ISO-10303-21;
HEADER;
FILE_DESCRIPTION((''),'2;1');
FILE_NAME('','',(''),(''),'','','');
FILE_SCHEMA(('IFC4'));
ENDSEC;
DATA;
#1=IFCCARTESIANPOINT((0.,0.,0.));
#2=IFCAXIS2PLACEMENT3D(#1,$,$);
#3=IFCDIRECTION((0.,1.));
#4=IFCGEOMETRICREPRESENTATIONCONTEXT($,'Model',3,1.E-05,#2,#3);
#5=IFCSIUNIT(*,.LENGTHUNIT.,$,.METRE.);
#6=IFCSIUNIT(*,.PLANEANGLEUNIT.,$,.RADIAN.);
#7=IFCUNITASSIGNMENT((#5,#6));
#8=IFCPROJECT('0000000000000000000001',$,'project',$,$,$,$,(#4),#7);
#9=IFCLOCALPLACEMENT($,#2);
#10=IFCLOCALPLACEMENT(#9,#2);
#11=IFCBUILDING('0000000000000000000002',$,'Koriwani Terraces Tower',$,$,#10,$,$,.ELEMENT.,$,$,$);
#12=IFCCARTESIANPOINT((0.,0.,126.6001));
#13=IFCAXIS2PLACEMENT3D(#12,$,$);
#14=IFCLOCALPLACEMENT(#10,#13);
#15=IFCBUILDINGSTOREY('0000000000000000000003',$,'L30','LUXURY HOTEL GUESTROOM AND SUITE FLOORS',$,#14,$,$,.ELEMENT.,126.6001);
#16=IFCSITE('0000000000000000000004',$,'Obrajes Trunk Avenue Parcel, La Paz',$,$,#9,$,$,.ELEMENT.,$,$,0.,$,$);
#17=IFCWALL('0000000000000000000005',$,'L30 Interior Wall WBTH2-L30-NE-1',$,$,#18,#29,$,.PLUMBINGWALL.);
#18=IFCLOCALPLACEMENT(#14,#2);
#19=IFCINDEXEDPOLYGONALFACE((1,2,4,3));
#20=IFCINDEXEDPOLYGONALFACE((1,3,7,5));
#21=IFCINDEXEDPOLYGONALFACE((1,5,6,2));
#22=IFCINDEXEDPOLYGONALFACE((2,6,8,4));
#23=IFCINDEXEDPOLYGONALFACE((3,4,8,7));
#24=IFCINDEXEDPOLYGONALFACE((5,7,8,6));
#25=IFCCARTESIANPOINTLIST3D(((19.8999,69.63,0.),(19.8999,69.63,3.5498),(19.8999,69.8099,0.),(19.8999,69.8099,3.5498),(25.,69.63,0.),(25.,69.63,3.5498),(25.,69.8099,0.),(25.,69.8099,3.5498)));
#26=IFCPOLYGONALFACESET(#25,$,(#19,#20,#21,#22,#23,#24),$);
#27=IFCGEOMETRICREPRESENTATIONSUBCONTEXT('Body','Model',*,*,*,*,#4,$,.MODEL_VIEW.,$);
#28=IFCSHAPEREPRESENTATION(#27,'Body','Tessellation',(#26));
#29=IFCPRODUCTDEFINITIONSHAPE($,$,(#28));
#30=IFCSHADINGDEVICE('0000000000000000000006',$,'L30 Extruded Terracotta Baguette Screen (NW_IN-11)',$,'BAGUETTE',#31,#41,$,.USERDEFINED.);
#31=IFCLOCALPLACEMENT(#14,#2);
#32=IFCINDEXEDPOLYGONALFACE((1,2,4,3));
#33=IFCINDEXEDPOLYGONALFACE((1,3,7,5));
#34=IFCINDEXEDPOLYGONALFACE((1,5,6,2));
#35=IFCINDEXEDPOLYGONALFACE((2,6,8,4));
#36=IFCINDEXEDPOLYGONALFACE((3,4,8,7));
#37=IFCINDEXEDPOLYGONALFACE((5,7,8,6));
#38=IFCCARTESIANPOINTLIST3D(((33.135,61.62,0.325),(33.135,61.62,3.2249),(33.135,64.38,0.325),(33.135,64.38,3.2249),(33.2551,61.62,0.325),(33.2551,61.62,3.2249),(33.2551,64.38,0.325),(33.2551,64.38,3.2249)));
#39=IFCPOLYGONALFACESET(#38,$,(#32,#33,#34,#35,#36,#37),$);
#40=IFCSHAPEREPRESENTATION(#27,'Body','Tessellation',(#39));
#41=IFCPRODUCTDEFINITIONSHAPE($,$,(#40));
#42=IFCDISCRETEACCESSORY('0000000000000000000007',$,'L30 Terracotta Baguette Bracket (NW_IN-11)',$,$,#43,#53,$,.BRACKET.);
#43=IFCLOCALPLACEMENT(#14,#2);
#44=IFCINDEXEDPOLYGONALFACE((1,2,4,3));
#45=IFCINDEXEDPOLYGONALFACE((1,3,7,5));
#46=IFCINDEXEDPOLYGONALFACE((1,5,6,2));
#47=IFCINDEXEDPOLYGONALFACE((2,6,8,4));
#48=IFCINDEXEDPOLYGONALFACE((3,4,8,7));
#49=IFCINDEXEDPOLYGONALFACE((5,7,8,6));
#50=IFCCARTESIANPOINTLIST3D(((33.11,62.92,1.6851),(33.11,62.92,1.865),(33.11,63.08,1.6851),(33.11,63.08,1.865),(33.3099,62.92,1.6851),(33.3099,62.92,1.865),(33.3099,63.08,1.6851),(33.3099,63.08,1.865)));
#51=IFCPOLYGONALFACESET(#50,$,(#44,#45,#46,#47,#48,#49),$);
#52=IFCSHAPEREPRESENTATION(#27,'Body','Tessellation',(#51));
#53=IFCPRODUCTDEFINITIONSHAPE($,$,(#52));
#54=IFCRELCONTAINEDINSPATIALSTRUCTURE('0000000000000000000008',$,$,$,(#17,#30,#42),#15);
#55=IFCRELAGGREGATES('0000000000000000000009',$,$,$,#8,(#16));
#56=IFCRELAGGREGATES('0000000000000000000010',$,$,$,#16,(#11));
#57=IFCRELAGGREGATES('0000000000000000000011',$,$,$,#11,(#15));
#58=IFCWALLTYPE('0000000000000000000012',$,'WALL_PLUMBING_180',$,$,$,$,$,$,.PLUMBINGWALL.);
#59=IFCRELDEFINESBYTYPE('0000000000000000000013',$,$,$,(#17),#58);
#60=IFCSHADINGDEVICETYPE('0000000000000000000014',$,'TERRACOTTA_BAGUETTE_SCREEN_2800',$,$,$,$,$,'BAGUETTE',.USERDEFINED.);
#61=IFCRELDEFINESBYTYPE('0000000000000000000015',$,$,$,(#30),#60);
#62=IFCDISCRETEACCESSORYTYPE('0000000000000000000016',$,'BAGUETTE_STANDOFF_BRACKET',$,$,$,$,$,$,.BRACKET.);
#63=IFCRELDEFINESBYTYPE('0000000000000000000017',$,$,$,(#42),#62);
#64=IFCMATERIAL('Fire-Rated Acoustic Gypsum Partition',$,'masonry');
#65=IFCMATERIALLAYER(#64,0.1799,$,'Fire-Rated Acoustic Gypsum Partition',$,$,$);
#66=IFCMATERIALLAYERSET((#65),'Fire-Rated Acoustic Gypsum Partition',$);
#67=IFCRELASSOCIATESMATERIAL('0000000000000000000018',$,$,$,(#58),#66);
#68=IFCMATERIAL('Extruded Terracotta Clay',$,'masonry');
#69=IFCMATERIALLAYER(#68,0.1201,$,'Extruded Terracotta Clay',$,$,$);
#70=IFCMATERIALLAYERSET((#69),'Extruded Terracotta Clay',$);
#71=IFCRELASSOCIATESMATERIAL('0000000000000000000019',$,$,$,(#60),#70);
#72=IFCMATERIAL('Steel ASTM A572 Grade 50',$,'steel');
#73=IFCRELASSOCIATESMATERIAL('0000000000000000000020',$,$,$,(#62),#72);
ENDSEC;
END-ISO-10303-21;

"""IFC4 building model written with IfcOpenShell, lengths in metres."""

from ifc_helpers import new_model, si_unit, direction, frame, frame_2d, origin, origin_2d, place, context, subcontext, project, spatial, rectangle, extrude, material, layer, layer_set, type_object, element, save


model = new_model("IFC4")

# Units and contexts
model_context = context("Model", 3, precision=1e-05, world=origin(), true_north=direction((0.0, 1.0)))
body_context = subcontext(model_context, "Body", "Model", "MODEL_VIEW")
ifc_project = project(units=[si_unit("LENGTHUNIT", "METRE"), si_unit("PLANEANGLEUNIT", "RADIAN")], contexts=[model_context])

# Site, building, storey
site_placement = place(None, origin())
site = spatial("IfcSite", under=ifc_project, at=site_placement, Name="Obrajes Trunk Avenue Parcel, La Paz", CompositionType="ELEMENT", RefElevation=0.0)
building_placement = place(site_placement, origin())
building = spatial("IfcBuilding", under=site, at=building_placement, Name="Koriwani Terraces Tower", CompositionType="ELEMENT")
storey_placement = place(building_placement, frame((0.0, 0.0, 126.6001)))
storey = spatial("IfcBuildingStorey", under=building, at=storey_placement, Name="L30", Description="LUXURY HOTEL GUESTROOM AND SUITE FLOORS", CompositionType="ELEMENT", Elevation=126.6001)

# Shared definitions
ifc_material_1 = material(Name="Steel ASTM A572 Grade 50", Category="steel")

# Shared definitions
ifc_material_2 = material(Name="Fire-Rated Acoustic Gypsum Partition", Category="masonry")
ifc_layer_1 = layer(ifc_material_2, 0.1799, Name="Fire-Rated Acoustic Gypsum Partition")
ifc_layer_set_1 = layer_set([ifc_layer_1], Name="Fire-Rated Acoustic Gypsum Partition")
wall_type_1 = type_object("IfcWallType", Name="WALL_PLUMBING_180", PredefinedType="PLUMBINGWALL", material=ifc_layer_set_1)

# Wall
wall_1_placement = place(storey_placement, frame((19.8999, 69.72, 0.0), z_axis=(0.0, 0.0, 1.0), x_axis=(1.0, 0.0, 0.0)))
element("IfcWall", 1, at=wall_1_placement, inside=storey, type_object=wall_type_1, Name="L30 Interior Wall WBTH2-L30-NE-1", PredefinedType="PLUMBINGWALL", context=body_context, shape_type="SweptSolid", body=[
    extrude(rectangle(XDim=5.1001, YDim=0.1799, at=frame_2d((2.55, 0.0))), origin(), (0.0, 0.0, 1.0), 3.5498),
])

# Shading device
ifc_material_3 = material(Name="Extruded Terracotta Clay", Category="masonry")
ifc_layer_2 = layer(ifc_material_3, 0.1201, Name="Extruded Terracotta Clay")
ifc_layer_set_2 = layer_set([ifc_layer_2], Name="Extruded Terracotta Clay")
shading_device_type = type_object("IfcShadingDeviceType", Name="TERRACOTTA_BAGUETTE_SCREEN_2800", ElementType="BAGUETTE", PredefinedType="USERDEFINED", material=ifc_layer_set_2)
shading_device_placement = place(storey_placement, frame((33.1951, 63.0, 0.325), z_axis=(0.0, 0.0, 1.0), x_axis=(0.0, -1.0, 0.0)))
element("IfcShadingDevice", 2, at=shading_device_placement, inside=storey, type_object=shading_device_type, Name="L30 Extruded Terracotta Baguette Screen (NW_IN-11)", ObjectType="BAGUETTE", PredefinedType="USERDEFINED", context=body_context, shape_type="SweptSolid", body=[
    extrude(rectangle(XDim=2.76, YDim=0.1201, at=origin_2d()), origin(), (0.0, 0.0, 1.0), 2.8999),
])

# Discrete accessory
discrete_accessory_type = type_object("IfcDiscreteAccessoryType", Name="BAGUETTE_STANDOFF_BRACKET", PredefinedType="BRACKET", material=ifc_material_1)
discrete_accessory_placement = place(storey_placement, frame((33.21, 63.0, 1.6851), z_axis=(0.0, 0.0, 1.0), x_axis=(0.0, -1.0, 0.0)))
element("IfcDiscreteAccessory", 3, at=discrete_accessory_placement, inside=storey, type_object=discrete_accessory_type, Name="L30 Terracotta Baguette Bracket (NW_IN-11)", PredefinedType="BRACKET", context=body_context, shape_type="SweptSolid", body=[
    extrude(rectangle(XDim=0.1599, YDim=0.2, at=origin_2d()), origin(), (0.0, 0.0, 1.0), 0.1799),
])

save(model, "model.ifc")
